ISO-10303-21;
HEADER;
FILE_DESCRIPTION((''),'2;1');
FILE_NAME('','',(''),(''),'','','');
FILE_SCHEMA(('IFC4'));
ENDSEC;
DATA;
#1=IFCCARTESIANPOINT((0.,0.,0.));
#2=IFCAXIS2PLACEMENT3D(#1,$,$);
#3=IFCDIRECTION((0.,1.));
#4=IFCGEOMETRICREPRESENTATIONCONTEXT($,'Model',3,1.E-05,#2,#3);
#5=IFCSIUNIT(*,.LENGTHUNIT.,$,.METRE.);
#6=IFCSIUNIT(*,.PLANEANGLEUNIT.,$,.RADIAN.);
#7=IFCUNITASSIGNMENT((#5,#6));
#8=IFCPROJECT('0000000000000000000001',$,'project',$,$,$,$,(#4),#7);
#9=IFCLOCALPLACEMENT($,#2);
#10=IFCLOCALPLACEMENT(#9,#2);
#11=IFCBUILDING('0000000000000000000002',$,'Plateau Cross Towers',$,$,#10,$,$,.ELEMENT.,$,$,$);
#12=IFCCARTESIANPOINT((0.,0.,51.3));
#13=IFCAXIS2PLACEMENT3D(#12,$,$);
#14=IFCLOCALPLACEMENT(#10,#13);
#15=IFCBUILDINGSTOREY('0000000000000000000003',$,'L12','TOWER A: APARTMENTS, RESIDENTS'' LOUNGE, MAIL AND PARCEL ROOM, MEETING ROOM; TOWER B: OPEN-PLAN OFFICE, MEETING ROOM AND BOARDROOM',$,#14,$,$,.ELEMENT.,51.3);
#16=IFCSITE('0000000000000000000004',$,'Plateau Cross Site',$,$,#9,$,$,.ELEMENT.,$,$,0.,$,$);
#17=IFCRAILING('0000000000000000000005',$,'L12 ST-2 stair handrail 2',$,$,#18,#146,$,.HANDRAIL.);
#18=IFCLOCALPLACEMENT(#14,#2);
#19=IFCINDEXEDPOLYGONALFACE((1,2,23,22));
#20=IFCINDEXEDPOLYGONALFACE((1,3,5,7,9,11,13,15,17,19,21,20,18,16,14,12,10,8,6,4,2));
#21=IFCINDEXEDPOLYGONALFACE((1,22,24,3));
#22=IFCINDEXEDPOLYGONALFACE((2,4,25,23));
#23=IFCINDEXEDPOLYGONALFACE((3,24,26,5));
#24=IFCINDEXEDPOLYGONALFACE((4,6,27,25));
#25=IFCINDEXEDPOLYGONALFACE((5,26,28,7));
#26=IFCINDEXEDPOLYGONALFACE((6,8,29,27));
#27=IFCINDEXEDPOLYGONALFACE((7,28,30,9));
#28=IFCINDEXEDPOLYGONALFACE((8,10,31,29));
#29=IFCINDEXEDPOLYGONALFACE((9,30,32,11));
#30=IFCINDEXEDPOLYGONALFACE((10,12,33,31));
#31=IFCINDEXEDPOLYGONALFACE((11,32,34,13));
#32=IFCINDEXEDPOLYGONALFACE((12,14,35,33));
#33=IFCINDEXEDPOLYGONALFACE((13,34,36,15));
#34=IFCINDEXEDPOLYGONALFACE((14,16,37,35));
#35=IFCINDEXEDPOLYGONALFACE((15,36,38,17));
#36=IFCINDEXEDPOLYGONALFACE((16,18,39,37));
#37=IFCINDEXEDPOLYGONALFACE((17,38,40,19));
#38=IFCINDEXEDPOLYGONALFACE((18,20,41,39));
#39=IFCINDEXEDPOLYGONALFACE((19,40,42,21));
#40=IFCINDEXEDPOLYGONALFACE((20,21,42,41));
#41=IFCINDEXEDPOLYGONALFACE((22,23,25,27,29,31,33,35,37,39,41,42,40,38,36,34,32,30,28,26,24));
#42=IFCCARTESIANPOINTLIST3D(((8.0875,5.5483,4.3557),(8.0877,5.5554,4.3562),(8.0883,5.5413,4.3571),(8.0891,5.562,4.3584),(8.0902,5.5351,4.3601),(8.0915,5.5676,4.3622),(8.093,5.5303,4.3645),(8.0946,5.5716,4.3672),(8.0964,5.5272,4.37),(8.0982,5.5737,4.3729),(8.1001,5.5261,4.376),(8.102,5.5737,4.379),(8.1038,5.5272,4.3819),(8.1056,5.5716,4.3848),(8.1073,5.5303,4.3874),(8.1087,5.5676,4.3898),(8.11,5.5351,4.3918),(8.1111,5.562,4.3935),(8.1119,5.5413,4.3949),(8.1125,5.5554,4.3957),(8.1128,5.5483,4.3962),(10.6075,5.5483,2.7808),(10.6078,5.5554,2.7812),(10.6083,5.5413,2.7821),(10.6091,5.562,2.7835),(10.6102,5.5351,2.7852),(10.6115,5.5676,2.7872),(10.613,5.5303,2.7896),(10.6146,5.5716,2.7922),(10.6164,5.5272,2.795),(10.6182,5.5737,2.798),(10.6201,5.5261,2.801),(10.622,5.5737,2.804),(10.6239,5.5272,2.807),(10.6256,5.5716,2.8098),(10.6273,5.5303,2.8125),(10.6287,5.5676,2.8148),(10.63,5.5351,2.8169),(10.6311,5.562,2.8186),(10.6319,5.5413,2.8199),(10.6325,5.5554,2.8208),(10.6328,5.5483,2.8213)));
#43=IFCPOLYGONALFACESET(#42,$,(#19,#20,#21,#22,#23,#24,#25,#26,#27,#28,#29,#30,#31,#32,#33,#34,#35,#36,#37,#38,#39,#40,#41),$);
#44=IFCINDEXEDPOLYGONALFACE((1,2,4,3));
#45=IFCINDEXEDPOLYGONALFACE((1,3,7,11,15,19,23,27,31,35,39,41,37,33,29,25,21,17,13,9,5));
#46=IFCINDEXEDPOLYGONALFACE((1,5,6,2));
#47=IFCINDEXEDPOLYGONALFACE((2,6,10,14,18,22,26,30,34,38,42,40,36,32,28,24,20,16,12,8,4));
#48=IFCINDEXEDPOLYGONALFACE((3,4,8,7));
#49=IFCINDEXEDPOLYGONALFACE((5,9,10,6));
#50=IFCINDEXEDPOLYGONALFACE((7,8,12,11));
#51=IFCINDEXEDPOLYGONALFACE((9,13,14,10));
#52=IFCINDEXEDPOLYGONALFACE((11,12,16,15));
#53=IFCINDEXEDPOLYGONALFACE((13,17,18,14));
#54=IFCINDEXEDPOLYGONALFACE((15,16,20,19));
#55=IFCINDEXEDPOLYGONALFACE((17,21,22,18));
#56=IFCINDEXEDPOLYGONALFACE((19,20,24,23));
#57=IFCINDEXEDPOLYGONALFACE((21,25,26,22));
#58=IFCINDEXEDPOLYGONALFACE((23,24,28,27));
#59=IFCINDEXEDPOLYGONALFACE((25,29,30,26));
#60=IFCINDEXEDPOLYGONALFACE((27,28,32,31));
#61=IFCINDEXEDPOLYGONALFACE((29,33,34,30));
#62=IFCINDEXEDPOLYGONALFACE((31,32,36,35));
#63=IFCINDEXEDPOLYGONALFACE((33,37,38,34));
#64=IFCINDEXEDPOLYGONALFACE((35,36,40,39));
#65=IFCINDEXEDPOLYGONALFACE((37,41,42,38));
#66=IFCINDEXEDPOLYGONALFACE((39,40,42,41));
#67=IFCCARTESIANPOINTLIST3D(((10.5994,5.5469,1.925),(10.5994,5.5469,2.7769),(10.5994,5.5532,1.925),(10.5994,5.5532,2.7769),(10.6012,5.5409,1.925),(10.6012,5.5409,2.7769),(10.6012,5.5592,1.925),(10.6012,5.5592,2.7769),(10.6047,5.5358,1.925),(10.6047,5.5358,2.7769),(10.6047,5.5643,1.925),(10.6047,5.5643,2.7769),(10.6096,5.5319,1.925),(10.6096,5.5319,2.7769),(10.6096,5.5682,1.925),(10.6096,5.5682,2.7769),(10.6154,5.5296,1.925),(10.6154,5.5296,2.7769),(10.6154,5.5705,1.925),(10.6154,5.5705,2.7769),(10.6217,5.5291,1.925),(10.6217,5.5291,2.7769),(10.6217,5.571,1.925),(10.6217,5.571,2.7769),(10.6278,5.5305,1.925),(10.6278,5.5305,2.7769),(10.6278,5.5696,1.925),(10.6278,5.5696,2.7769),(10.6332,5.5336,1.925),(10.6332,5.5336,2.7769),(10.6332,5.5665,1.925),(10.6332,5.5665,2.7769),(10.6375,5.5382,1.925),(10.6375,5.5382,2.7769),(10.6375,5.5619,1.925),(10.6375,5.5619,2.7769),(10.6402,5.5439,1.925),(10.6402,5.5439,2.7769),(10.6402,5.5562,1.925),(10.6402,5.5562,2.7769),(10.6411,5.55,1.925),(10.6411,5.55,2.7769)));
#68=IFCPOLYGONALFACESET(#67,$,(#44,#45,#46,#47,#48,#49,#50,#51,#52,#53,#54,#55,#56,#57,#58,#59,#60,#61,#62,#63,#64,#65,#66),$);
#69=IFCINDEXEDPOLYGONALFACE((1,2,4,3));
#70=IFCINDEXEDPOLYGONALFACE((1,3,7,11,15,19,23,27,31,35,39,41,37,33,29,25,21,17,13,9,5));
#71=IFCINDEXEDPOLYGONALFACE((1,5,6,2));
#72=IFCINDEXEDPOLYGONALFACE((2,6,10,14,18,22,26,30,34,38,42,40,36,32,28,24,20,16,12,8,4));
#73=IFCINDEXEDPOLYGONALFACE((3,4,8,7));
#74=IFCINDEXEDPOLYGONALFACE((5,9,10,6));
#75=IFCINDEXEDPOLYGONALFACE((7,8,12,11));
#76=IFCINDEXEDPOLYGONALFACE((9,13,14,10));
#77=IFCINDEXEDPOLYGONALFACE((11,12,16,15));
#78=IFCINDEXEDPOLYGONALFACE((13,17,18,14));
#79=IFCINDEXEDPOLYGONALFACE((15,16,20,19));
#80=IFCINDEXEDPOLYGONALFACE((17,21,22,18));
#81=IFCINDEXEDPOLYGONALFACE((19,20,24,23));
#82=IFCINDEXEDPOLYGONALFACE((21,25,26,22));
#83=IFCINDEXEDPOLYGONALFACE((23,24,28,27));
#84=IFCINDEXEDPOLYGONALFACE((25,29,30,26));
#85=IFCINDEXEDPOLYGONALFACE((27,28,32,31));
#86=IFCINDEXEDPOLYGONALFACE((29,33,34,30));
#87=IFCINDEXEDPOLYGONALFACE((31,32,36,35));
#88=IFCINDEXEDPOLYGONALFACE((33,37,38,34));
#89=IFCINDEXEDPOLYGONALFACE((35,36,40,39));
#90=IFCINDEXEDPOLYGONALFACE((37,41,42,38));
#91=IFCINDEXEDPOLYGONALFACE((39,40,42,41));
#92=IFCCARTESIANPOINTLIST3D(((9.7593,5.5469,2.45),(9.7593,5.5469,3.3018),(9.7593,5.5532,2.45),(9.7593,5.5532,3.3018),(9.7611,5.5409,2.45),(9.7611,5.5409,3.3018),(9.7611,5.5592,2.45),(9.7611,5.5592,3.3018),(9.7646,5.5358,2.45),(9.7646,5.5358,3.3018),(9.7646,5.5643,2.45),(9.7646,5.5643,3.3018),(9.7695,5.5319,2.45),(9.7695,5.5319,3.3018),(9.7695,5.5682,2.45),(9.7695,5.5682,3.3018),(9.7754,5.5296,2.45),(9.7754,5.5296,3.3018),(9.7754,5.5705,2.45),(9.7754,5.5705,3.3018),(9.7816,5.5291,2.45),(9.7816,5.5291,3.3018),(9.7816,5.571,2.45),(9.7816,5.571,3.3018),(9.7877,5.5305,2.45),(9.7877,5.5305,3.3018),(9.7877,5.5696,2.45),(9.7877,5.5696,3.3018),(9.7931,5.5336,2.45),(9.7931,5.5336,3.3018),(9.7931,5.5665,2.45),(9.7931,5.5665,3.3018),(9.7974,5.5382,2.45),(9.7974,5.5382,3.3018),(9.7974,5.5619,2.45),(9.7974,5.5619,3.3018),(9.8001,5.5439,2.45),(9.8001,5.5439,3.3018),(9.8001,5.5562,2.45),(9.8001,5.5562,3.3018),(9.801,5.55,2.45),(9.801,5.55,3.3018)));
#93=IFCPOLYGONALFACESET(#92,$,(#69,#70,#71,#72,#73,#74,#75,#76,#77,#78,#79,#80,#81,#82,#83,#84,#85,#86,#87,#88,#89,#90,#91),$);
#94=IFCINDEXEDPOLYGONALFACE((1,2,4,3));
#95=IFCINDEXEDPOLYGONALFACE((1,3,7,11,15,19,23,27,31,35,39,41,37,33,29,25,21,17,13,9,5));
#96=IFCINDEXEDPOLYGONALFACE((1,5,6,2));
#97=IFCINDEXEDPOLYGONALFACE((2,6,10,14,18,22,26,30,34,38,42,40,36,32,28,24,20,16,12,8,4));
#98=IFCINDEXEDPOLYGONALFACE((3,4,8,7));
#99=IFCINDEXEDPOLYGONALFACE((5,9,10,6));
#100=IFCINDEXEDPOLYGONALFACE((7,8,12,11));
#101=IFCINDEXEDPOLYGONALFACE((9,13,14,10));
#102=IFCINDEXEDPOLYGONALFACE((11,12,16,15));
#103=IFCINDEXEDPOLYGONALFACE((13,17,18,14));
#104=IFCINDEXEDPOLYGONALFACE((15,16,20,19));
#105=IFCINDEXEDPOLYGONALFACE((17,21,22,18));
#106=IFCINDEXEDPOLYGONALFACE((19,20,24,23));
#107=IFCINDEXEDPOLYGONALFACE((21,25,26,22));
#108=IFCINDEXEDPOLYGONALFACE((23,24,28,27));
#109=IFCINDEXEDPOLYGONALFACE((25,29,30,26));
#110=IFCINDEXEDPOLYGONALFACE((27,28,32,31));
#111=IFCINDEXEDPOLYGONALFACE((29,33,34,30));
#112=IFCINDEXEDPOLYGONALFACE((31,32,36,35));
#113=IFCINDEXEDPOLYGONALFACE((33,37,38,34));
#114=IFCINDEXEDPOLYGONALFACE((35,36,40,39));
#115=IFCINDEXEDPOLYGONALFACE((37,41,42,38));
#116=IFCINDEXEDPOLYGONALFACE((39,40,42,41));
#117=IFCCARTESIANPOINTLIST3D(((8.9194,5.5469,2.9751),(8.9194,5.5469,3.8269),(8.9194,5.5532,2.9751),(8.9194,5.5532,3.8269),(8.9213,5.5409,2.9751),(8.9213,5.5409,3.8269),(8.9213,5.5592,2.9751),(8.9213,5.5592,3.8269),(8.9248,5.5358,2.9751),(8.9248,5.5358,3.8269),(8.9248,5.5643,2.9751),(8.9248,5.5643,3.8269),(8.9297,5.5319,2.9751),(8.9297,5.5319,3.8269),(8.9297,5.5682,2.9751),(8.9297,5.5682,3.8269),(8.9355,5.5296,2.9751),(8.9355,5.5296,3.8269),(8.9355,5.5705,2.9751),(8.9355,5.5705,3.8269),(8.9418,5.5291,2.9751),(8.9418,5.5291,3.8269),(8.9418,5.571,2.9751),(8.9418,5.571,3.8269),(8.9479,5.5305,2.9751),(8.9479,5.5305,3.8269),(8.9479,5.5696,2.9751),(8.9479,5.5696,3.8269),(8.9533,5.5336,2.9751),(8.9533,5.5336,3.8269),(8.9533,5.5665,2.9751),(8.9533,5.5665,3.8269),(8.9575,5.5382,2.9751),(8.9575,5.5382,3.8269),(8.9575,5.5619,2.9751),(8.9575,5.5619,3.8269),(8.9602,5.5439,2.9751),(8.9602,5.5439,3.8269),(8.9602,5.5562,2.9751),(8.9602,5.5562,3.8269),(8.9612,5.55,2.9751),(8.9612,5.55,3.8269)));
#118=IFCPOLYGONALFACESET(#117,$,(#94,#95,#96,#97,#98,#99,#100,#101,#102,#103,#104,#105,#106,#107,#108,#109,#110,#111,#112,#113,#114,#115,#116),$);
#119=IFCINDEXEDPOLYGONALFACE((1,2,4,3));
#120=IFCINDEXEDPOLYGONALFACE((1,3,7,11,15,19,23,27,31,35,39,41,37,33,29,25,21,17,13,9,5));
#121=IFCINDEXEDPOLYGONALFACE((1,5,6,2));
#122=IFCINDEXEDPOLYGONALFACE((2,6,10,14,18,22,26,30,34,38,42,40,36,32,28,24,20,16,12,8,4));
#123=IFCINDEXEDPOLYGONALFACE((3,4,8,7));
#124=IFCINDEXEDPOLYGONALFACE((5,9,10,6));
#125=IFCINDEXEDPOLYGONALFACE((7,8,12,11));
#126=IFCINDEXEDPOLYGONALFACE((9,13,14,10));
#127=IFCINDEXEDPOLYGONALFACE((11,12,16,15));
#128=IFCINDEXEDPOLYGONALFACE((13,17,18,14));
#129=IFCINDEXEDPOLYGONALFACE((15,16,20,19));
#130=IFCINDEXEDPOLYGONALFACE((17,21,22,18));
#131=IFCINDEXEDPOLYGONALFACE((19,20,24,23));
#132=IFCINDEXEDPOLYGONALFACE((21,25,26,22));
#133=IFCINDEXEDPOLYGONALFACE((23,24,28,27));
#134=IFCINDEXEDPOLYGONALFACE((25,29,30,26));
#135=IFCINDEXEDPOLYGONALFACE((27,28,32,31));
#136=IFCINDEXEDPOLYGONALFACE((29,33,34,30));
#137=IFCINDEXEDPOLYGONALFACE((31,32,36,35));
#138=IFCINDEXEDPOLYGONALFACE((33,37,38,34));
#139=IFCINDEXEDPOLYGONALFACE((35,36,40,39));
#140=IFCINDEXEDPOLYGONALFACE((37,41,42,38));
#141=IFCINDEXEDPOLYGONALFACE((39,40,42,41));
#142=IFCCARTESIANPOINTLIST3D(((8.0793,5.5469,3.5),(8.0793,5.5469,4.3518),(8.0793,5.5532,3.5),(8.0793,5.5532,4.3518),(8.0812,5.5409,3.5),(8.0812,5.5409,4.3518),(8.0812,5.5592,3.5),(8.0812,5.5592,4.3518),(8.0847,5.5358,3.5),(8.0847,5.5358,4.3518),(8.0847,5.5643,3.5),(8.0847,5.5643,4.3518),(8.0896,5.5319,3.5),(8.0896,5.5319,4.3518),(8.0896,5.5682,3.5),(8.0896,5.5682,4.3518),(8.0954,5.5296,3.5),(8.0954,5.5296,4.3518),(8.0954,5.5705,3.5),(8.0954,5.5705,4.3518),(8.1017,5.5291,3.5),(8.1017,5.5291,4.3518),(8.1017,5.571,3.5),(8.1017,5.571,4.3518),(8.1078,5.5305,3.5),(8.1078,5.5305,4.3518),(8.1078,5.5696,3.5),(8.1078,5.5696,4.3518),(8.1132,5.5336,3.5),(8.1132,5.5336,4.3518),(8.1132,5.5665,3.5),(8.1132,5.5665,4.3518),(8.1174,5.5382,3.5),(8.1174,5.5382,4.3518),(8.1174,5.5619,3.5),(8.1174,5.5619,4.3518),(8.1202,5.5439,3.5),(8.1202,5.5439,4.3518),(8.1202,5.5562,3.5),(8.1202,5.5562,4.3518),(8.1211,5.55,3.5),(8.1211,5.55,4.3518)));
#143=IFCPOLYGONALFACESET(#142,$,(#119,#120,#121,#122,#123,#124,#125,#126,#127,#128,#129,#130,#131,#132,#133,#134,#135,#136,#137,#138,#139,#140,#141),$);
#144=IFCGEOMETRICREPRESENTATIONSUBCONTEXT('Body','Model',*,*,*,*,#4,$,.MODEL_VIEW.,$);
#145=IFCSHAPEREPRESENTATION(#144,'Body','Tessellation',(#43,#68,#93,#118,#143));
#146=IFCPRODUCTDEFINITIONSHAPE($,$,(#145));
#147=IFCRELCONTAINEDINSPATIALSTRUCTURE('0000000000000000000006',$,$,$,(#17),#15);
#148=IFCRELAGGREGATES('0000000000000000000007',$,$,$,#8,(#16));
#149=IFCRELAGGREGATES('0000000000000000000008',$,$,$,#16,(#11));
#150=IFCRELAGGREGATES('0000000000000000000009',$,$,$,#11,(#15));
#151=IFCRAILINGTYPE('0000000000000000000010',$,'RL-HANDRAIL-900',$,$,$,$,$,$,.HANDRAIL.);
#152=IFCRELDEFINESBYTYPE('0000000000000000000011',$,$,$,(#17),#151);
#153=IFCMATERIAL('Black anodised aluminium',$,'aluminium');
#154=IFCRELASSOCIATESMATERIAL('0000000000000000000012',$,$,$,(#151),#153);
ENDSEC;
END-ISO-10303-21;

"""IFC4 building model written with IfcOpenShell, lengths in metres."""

from ifc_helpers import new_model, si_unit, direction, frame, origin, origin_2d, place, context, subcontext, project, spatial, circle, extrude, material, type_object, element, save


model = new_model("IFC4")

# Units and contexts
model_context = context("Model", 3, precision=1e-05, world=origin(), true_north=direction((0.0, 1.0)))
body_context = subcontext(model_context, "Body", "Model", "MODEL_VIEW")
ifc_project = project(units=[si_unit("LENGTHUNIT", "METRE"), si_unit("PLANEANGLEUNIT", "RADIAN")], contexts=[model_context])

# Site, building, storey
site_placement = place(None, origin())
site = spatial("IfcSite", under=ifc_project, at=site_placement, Name="Plateau Cross Site", CompositionType="ELEMENT", RefElevation=0.0)
building_placement = place(site_placement, origin())
building = spatial("IfcBuilding", under=site, at=building_placement, Name="Plateau Cross Towers", CompositionType="ELEMENT")
storey_placement = place(building_placement, frame((0.0, 0.0, 51.3)))
storey = spatial("IfcBuildingStorey", under=building, at=storey_placement, Name="L12", Description="TOWER A: APARTMENTS, RESIDENTS' LOUNGE, MAIL AND PARCEL ROOM, MEETING ROOM; TOWER B: OPEN-PLAN OFFICE, MEETING ROOM AND BOARDROOM", CompositionType="ELEMENT", Elevation=51.3)

# Railing
ifc_material_1 = material(Name="Black anodised aluminium", Category="aluminium")
railing_type_1 = type_object("IfcRailingType", Name="RL-HANDRAIL-900", PredefinedType="HANDRAIL", material=ifc_material_1)
railing_1_placement = place(storey_placement, frame((10.6201, 5.55, 1.925)))
element("IfcRailing", 1, at=railing_1_placement, inside=storey, type_object=railing_type_1, Name="L12 ST-2 stair handrail 2", PredefinedType="HANDRAIL", context=body_context, shape_type="SweptSolid", body=[
    extrude(circle(Radius=0.0239, at=origin_2d()), frame((0.0, 0.0, 0.876), z_axis=(-0.848008, 0.0, 0.529984), x_axis=(0.0, -1.0, 0.0)), (0.0, 0.0, 1.0), 2.9717),
    extrude(circle(Radius=0.021, at=origin_2d()), origin(), (0.0, 0.0, 1.0), 0.8518),
    extrude(circle(Radius=0.021, at=origin_2d()), frame((-0.8401, 0.0, 0.5249)), (0.0, 0.0, 1.0), 0.8518),
    extrude(circle(Radius=0.021, at=origin_2d()), frame((-1.6799, 0.0, 1.05)), (0.0, 0.0, 1.0), 0.8518),
    extrude(circle(Radius=0.021, at=origin_2d()), frame((-2.52, 0.0, 1.575)), (0.0, 0.0, 1.0), 0.8518),
])

save(model, "model.ifc")
